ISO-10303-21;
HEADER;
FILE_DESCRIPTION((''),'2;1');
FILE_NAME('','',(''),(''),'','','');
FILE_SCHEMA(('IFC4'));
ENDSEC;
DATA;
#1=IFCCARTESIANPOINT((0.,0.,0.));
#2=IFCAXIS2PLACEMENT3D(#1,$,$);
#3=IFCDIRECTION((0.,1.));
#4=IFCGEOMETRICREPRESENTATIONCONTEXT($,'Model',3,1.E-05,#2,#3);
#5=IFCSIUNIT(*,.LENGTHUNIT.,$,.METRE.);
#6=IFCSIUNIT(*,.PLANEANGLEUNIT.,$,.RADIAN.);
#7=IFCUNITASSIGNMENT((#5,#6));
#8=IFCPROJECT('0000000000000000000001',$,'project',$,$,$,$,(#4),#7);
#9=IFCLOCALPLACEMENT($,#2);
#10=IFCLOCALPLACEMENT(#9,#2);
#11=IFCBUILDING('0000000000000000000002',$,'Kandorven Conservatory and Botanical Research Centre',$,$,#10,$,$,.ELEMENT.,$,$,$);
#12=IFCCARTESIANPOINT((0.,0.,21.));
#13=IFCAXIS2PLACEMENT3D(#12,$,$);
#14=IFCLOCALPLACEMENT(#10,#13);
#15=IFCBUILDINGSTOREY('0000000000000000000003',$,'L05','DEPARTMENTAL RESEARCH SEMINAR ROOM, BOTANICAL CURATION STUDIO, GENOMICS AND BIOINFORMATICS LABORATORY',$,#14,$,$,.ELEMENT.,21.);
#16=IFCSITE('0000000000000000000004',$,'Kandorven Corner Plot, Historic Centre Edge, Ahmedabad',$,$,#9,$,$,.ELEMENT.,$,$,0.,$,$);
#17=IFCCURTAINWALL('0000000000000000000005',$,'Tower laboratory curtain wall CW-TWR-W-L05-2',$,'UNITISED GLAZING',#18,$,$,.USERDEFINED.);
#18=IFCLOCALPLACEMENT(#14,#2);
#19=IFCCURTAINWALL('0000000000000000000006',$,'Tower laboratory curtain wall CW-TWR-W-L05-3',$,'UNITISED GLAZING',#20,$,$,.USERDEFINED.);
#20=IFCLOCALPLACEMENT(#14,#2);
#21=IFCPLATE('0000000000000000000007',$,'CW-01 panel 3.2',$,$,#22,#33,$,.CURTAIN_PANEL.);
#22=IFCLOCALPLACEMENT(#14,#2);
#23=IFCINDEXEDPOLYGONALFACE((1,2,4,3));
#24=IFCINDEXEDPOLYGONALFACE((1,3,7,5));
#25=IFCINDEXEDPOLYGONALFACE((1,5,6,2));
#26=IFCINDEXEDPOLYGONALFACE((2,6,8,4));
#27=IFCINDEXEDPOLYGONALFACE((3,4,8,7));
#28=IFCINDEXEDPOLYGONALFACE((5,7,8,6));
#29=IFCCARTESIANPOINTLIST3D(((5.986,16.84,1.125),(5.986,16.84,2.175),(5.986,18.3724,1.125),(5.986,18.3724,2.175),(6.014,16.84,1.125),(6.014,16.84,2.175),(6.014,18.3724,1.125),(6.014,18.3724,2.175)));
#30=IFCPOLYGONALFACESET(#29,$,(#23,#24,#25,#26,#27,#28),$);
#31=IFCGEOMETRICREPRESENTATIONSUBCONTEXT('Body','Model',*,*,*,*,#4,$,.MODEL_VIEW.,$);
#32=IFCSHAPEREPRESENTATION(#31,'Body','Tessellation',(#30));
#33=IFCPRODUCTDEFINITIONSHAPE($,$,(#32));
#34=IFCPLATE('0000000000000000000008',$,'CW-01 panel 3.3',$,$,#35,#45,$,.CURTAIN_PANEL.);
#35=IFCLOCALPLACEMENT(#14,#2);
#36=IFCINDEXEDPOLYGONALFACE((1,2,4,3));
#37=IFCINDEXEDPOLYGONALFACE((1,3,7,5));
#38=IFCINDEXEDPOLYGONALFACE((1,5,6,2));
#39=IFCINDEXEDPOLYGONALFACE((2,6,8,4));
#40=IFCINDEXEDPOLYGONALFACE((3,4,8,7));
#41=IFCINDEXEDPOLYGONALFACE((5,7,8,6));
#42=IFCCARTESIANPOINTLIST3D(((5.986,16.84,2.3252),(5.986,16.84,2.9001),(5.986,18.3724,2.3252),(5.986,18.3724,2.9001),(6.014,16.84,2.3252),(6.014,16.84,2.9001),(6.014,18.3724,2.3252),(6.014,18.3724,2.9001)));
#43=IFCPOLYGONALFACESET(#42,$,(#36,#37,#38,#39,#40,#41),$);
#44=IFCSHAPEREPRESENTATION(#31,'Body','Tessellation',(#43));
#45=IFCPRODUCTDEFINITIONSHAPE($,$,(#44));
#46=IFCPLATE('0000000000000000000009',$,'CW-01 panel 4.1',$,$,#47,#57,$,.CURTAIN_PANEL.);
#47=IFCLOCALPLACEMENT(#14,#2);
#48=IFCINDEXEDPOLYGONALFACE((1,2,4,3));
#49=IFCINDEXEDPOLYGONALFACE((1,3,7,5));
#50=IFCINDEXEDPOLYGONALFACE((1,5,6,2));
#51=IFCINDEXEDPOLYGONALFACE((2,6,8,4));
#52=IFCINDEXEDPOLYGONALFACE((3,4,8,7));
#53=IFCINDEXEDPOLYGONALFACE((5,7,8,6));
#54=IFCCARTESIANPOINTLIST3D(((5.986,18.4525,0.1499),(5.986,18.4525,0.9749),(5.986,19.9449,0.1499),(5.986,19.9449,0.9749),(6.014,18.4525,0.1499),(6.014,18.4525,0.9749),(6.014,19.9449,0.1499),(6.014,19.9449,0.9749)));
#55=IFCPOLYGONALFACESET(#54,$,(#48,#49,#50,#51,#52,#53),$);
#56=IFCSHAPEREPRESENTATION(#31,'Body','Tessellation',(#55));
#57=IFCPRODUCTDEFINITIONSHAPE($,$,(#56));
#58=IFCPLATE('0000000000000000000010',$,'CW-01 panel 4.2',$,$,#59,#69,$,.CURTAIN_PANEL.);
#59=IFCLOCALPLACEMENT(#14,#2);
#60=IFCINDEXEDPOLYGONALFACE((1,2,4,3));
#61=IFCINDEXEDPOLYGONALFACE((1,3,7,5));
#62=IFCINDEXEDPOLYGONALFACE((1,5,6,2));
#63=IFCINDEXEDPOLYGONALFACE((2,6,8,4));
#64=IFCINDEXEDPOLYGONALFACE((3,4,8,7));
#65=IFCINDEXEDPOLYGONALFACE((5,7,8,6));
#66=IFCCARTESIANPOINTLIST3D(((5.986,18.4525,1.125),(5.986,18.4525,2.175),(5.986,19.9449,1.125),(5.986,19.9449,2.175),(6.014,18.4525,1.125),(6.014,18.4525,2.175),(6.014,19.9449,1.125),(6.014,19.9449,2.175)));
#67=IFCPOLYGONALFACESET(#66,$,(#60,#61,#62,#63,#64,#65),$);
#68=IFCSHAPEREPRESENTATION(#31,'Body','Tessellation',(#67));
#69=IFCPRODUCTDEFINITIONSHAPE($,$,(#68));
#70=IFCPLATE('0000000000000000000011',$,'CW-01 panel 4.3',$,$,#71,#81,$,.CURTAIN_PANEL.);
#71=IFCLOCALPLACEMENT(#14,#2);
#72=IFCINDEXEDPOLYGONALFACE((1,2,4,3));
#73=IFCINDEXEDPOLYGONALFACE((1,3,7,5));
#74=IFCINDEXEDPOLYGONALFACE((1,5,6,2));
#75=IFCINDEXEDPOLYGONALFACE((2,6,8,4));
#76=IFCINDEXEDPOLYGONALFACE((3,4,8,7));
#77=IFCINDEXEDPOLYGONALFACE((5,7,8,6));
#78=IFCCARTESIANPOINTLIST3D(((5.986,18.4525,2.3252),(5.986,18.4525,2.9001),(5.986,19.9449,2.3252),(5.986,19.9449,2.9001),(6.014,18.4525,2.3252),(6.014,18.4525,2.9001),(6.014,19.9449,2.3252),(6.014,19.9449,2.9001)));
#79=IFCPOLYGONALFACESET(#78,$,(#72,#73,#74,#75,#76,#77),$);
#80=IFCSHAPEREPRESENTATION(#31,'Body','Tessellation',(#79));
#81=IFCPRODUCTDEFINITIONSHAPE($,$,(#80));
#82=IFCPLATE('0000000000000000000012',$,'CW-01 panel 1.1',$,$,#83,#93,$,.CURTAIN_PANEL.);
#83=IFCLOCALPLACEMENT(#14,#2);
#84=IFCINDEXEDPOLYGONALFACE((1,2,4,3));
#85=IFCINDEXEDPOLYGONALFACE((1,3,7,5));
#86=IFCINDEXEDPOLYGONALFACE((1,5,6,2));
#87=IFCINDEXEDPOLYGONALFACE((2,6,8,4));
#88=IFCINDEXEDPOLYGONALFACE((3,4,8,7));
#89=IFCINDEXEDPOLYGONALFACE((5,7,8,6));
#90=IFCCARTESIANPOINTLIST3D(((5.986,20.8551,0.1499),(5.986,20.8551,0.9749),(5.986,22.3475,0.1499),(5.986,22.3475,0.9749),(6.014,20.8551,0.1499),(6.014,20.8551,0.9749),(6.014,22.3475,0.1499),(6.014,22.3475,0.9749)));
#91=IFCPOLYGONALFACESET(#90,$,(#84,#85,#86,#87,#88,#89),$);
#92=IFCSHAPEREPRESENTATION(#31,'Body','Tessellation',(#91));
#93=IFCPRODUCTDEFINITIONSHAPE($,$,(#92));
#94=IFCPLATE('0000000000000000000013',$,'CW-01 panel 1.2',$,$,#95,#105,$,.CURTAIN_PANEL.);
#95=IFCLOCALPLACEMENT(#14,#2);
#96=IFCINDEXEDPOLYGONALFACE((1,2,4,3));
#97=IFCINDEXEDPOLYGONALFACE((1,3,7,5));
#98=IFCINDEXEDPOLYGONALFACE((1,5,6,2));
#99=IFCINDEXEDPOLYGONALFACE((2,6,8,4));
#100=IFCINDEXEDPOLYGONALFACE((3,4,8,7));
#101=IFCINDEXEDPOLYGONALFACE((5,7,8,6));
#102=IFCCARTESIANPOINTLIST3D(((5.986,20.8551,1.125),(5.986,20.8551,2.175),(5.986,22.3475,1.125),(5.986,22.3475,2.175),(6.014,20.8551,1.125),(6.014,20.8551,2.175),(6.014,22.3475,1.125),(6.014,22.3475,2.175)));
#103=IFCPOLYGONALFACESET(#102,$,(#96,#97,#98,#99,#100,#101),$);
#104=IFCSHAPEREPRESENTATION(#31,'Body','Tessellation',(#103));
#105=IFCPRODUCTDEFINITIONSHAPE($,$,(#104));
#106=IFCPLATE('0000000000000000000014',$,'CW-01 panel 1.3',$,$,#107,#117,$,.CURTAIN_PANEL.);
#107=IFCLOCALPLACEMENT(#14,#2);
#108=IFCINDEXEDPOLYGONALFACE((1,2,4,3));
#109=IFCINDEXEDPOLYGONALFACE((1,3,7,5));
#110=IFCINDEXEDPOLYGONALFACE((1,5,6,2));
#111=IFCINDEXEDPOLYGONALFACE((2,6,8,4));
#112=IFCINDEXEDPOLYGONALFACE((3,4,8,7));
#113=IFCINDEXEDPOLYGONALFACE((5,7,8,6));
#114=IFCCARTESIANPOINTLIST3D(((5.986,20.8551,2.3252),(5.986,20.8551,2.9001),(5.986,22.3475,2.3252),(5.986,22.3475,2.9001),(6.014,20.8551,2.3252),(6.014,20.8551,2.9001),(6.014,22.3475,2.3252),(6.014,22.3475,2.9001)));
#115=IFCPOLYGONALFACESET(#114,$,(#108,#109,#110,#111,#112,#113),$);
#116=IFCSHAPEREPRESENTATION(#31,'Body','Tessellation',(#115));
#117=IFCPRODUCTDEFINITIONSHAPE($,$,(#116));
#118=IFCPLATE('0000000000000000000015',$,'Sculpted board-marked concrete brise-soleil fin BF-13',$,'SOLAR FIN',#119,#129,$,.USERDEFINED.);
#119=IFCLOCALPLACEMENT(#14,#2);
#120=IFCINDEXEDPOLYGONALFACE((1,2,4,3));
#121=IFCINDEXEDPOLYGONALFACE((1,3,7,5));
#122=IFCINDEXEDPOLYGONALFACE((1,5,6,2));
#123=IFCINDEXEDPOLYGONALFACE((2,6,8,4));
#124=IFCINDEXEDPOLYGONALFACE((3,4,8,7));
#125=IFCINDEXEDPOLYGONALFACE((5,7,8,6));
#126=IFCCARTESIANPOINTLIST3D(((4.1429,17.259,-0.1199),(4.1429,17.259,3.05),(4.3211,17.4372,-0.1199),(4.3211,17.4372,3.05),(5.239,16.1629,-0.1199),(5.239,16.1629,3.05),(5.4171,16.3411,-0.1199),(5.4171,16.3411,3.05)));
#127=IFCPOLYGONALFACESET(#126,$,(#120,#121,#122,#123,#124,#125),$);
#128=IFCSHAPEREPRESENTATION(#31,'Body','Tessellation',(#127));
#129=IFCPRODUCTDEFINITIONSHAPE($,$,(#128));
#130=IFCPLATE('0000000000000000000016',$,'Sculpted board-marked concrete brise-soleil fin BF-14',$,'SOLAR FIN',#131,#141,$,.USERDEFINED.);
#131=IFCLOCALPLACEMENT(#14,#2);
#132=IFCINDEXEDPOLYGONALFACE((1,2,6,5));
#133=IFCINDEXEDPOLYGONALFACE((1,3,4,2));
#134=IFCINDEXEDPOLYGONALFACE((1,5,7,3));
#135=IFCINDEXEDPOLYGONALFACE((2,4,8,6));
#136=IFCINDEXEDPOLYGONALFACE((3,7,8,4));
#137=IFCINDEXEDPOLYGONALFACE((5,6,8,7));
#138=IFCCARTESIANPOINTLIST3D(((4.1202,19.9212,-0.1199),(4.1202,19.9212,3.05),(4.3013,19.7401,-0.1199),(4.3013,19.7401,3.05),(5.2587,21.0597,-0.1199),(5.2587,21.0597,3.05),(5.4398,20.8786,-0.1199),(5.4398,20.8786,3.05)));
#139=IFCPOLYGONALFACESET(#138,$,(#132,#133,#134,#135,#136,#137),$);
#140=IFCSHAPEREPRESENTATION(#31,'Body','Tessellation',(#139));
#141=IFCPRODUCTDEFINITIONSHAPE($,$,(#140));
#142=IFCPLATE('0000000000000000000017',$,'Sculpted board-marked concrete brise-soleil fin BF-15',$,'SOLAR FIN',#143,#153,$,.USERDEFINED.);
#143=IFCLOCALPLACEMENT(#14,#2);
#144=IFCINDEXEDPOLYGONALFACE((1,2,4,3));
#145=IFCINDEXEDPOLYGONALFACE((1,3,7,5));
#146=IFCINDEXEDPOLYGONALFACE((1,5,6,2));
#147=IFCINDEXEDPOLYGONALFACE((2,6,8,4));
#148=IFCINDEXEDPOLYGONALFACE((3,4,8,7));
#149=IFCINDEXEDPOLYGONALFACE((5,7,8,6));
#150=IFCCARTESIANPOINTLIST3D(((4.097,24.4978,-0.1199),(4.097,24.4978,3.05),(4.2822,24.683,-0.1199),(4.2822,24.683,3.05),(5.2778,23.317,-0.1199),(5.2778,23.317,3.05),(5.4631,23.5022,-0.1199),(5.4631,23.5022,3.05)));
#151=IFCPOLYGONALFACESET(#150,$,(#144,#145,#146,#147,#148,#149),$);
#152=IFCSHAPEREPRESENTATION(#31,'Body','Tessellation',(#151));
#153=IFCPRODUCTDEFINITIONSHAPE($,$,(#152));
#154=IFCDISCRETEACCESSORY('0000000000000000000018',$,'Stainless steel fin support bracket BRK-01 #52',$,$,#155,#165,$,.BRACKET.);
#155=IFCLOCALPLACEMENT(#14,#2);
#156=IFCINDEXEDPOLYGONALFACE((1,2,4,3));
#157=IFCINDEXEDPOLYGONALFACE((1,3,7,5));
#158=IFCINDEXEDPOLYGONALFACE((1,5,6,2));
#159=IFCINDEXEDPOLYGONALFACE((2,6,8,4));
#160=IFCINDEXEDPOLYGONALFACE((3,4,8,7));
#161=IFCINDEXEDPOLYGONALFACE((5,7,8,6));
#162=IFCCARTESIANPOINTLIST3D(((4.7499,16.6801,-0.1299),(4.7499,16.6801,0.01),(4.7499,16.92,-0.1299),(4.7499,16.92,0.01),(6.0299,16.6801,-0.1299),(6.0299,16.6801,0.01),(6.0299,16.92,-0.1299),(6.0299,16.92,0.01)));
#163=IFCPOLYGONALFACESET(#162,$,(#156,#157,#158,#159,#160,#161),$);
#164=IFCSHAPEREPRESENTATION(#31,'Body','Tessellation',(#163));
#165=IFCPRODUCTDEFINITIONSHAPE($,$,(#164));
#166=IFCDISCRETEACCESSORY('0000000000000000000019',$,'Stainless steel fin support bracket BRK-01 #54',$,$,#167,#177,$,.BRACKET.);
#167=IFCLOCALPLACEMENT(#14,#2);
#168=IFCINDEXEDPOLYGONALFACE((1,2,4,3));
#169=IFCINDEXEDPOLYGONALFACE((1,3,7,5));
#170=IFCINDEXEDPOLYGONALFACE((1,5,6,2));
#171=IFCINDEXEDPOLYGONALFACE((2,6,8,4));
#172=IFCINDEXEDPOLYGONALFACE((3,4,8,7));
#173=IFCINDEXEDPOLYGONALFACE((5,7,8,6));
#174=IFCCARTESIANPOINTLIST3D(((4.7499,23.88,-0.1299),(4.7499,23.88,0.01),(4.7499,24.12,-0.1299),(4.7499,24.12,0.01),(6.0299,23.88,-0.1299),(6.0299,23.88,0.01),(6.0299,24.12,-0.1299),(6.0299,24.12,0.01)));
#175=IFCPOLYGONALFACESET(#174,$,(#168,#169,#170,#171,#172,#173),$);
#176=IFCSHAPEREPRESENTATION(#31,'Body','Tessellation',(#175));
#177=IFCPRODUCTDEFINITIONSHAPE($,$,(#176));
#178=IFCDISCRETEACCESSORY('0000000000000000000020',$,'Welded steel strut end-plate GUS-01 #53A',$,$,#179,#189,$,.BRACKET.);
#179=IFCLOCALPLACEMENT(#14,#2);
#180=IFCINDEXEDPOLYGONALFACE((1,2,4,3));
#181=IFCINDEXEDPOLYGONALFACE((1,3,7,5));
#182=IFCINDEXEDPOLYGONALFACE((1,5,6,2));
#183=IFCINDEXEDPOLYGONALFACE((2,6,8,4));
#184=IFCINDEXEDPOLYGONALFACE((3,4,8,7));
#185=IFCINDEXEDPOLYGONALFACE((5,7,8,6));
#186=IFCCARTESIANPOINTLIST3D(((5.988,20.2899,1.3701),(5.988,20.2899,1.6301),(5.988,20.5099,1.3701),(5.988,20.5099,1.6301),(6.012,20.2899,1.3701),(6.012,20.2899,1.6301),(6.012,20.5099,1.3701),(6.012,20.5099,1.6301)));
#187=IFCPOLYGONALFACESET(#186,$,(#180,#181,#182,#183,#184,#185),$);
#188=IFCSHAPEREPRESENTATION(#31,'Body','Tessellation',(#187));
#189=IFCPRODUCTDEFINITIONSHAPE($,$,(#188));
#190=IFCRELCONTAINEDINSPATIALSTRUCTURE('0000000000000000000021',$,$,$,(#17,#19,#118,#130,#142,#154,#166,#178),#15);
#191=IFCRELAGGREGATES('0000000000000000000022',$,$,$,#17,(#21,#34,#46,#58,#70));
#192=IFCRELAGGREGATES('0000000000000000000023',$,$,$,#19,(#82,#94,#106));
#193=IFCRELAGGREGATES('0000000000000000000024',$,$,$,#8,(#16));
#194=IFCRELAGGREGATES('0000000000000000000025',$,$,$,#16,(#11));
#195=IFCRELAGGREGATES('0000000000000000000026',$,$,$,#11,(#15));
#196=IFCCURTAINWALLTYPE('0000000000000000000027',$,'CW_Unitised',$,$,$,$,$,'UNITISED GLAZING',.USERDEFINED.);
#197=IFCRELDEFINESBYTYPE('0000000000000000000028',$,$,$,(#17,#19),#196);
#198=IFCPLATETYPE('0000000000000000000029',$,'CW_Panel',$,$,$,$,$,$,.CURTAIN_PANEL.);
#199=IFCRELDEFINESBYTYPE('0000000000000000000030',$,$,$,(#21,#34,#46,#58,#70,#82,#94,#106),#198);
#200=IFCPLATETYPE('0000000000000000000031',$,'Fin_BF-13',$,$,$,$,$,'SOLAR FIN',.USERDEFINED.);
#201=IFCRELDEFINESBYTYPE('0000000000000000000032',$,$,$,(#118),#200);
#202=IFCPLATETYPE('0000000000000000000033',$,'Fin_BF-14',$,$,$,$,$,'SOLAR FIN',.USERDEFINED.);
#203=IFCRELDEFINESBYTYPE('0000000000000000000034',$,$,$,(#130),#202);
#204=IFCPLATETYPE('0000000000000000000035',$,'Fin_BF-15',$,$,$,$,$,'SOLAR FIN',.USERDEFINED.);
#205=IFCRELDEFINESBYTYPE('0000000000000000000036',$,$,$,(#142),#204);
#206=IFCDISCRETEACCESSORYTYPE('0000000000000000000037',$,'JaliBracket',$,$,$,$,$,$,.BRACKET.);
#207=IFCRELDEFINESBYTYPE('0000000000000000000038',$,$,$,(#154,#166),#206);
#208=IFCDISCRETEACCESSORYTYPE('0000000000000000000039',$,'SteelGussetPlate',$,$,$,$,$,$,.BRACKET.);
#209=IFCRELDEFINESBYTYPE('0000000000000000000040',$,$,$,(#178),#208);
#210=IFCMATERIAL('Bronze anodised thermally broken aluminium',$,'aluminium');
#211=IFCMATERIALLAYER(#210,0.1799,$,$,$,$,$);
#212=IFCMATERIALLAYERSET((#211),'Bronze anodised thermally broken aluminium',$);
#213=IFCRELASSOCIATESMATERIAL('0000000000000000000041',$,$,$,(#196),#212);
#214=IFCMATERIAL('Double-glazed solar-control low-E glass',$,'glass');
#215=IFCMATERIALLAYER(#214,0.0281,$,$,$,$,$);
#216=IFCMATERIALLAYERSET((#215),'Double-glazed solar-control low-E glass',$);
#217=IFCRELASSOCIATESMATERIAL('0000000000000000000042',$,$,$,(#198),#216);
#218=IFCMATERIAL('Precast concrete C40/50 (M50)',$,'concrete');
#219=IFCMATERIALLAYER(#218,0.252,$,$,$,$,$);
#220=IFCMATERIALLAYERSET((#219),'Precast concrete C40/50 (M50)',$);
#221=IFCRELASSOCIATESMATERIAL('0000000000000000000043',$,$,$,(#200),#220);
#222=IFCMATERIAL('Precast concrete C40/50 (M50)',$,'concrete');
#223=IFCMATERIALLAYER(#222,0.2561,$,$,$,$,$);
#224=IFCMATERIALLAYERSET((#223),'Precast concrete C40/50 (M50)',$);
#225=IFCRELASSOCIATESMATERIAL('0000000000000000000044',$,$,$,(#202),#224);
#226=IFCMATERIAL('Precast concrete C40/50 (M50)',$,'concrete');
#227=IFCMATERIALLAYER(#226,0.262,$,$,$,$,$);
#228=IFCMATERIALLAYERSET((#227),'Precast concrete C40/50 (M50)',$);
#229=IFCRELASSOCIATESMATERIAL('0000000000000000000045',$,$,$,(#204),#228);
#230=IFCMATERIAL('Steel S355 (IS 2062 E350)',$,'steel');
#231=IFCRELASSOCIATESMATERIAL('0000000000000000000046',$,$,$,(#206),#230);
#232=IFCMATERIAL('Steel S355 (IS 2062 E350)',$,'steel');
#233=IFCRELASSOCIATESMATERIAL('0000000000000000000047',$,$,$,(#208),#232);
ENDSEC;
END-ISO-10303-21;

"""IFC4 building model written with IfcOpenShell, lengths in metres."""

from ifc_helpers import new_model, si_unit, direction, frame, origin, origin_2d, place, context, subcontext, project, spatial, rectangle, extrude, material, layer, layer_set, type_object, element, aggregate, save


model = new_model("IFC4")

# Units and contexts
model_context = context("Model", 3, precision=1e-05, world=origin(), true_north=direction((0.0, 1.0)))
body_context = subcontext(model_context, "Body", "Model", "MODEL_VIEW")
ifc_project = project(units=[si_unit("LENGTHUNIT", "METRE"), si_unit("PLANEANGLEUNIT", "RADIAN")], contexts=[model_context])

# Site, building, storey
site_placement = place(None, origin())
site = spatial("IfcSite", under=ifc_project, at=site_placement, Name="Kandorven Corner Plot, Historic Centre Edge, Ahmedabad", CompositionType="ELEMENT", RefElevation=0.0)
building_placement = place(site_placement, origin())
building = spatial("IfcBuilding", under=site, at=building_placement, Name="Kandorven Conservatory and Botanical Research Centre", CompositionType="ELEMENT")
storey_placement = place(building_placement, frame((0.0, 0.0, 21.0)))
storey = spatial("IfcBuildingStorey", under=building, at=storey_placement, Name="L05", Description="DEPARTMENTAL RESEARCH SEMINAR ROOM, BOTANICAL CURATION STUDIO, GENOMICS AND BIOINFORMATICS LABORATORY", CompositionType="ELEMENT", Elevation=21.0)

# Curtain walls
ifc_material_1 = material(Name="Bronze anodised thermally broken aluminium", Category="aluminium")
ifc_layer_1 = layer(ifc_material_1, 0.1799)
ifc_layer_set_1 = layer_set([ifc_layer_1], Name="Bronze anodised thermally broken aluminium")
curtain_wall_type = type_object("IfcCurtainWallType", Name="CW_Unitised", ElementType="UNITISED GLAZING", PredefinedType="USERDEFINED", material=ifc_layer_set_1)
curtain_wall_1_placement = place(storey_placement, origin())
curtain_wall_1 = element("IfcCurtainWall", 1, at=curtain_wall_1_placement, inside=storey, type_object=curtain_wall_type, Name="Tower laboratory curtain wall CW-TWR-W-L05-2", ObjectType="UNITISED GLAZING", PredefinedType="USERDEFINED")
curtain_wall_2_placement = place(storey_placement, origin())
curtain_wall_2 = element("IfcCurtainWall", 2, at=curtain_wall_2_placement, inside=storey, type_object=curtain_wall_type, Name="Tower laboratory curtain wall CW-TWR-W-L05-3", ObjectType="UNITISED GLAZING", PredefinedType="USERDEFINED")

# Plates
ifc_material_2 = material(Name="Double-glazed solar-control low-E glass", Category="glass")
ifc_layer_2 = layer(ifc_material_2, 0.0281)
ifc_layer_set_2 = layer_set([ifc_layer_2], Name="Double-glazed solar-control low-E glass")
plate_type_1 = type_object("IfcPlateType", Name="CW_Panel", PredefinedType="CURTAIN_PANEL", material=ifc_layer_set_2)
plate_1_placement = place(storey_placement, frame((6.0, 17.6062, 1.125), z_axis=(0.0, 0.0, 1.0), x_axis=(0.0, 1.0, 0.0)))
plate_1 = element("IfcPlate", 3, at=plate_1_placement, type_object=plate_type_1, Name="CW-01 panel 3.2", PredefinedType="CURTAIN_PANEL", context=body_context, shape_type="SweptSolid", body=[
    extrude(rectangle(XDim=1.5325, YDim=0.0281, at=origin_2d()), origin(), (0.0, 0.0, 1.0), 1.05),
])
plate_2_placement = place(storey_placement, frame((6.0, 17.6062, 2.3252), z_axis=(0.0, 0.0, 1.0), x_axis=(0.0, 1.0, 0.0)))
plate_2 = element("IfcPlate", 4, at=plate_2_placement, type_object=plate_type_1, Name="CW-01 panel 3.3", PredefinedType="CURTAIN_PANEL", context=body_context, shape_type="SweptSolid", body=[
    extrude(rectangle(XDim=1.5325, YDim=0.0281, at=origin_2d()), origin(), (0.0, 0.0, 1.0), 0.575),
])
plate_3_placement = place(storey_placement, frame((6.0, 19.1987, 0.1499), z_axis=(0.0, 0.0, 1.0), x_axis=(0.0, 1.0, 0.0)))
plate_3 = element("IfcPlate", 5, at=plate_3_placement, type_object=plate_type_1, Name="CW-01 panel 4.1", PredefinedType="CURTAIN_PANEL", context=body_context, shape_type="SweptSolid", body=[
    extrude(rectangle(XDim=1.4924, YDim=0.0281, at=origin_2d()), origin(), (0.0, 0.0, 1.0), 0.825),
])
plate_4_placement = place(storey_placement, frame((6.0, 19.1987, 1.125), z_axis=(0.0, 0.0, 1.0), x_axis=(0.0, 1.0, 0.0)))
plate_4 = element("IfcPlate", 6, at=plate_4_placement, type_object=plate_type_1, Name="CW-01 panel 4.2", PredefinedType="CURTAIN_PANEL", context=body_context, shape_type="SweptSolid", body=[
    extrude(rectangle(XDim=1.4924, YDim=0.0281, at=origin_2d()), origin(), (0.0, 0.0, 1.0), 1.05),
])
plate_5_placement = place(storey_placement, frame((6.0, 19.1987, 2.3252), z_axis=(0.0, 0.0, 1.0), x_axis=(0.0, 1.0, 0.0)))
plate_5 = element("IfcPlate", 7, at=plate_5_placement, type_object=plate_type_1, Name="CW-01 panel 4.3", PredefinedType="CURTAIN_PANEL", context=body_context, shape_type="SweptSolid", body=[
    extrude(rectangle(XDim=1.4924, YDim=0.0281, at=origin_2d()), origin(), (0.0, 0.0, 1.0), 0.575),
])
aggregate(curtain_wall_1, [plate_1, plate_2, plate_3, plate_4, plate_5])
plate_6_placement = place(storey_placement, frame((6.0, 21.6013, 0.1499), z_axis=(0.0, 0.0, 1.0), x_axis=(0.0, 1.0, 0.0)))
plate_6 = element("IfcPlate", 8, at=plate_6_placement, type_object=plate_type_1, Name="CW-01 panel 1.1", PredefinedType="CURTAIN_PANEL", context=body_context, shape_type="SweptSolid", body=[
    extrude(rectangle(XDim=1.4924, YDim=0.0281, at=origin_2d()), origin(), (0.0, 0.0, 1.0), 0.825),
])
plate_7_placement = place(storey_placement, frame((6.0, 21.6013, 1.125), z_axis=(0.0, 0.0, 1.0), x_axis=(0.0, 1.0, 0.0)))
plate_7 = element("IfcPlate", 9, at=plate_7_placement, type_object=plate_type_1, Name="CW-01 panel 1.2", PredefinedType="CURTAIN_PANEL", context=body_context, shape_type="SweptSolid", body=[
    extrude(rectangle(XDim=1.4924, YDim=0.0281, at=origin_2d()), origin(), (0.0, 0.0, 1.0), 1.05),
])
plate_8_placement = place(storey_placement, frame((6.0, 21.6013, 2.3252), z_axis=(0.0, 0.0, 1.0), x_axis=(0.0, 1.0, 0.0)))
plate_8 = element("IfcPlate", 10, at=plate_8_placement, type_object=plate_type_1, Name="CW-01 panel 1.3", PredefinedType="CURTAIN_PANEL", context=body_context, shape_type="SweptSolid", body=[
    extrude(rectangle(XDim=1.4924, YDim=0.0281, at=origin_2d()), origin(), (0.0, 0.0, 1.0), 0.575),
])
aggregate(curtain_wall_2, [plate_6, plate_7, plate_8])

# Plates
ifc_material_3 = material(Name="Precast concrete C40/50 (M50)", Category="concrete")
ifc_layer_3 = layer(ifc_material_3, 0.252)
ifc_layer_set_3 = layer_set([ifc_layer_3], Name="Precast concrete C40/50 (M50)")
plate_type_2 = type_object("IfcPlateType", Name="Fin_BF-13", ElementType="SOLAR FIN", PredefinedType="USERDEFINED", material=ifc_layer_set_3)
plate_9_placement = place(storey_placement, frame((4.78, 16.8, -0.1199), z_axis=(0.0, 0.0, 1.0), x_axis=(-0.707107, 0.707107, 0.0)))
element("IfcPlate", 11, at=plate_9_placement, inside=storey, type_object=plate_type_2, Name="Sculpted board-marked concrete brise-soleil fin BF-13", ObjectType="SOLAR FIN", PredefinedType="USERDEFINED", context=body_context, shape_type="SweptSolid", body=[
    extrude(rectangle(XDim=1.55, YDim=0.252, at=origin_2d()), origin(), (0.0, 0.0, 1.0), 3.1699),
])
ifc_material_4 = material(Name="Precast concrete C40/50 (M50)", Category="concrete")
ifc_layer_4 = layer(ifc_material_4, 0.2561)
ifc_layer_set_4 = layer_set([ifc_layer_4], Name="Precast concrete C40/50 (M50)")
plate_type_3 = type_object("IfcPlateType", Name="Fin_BF-14", ElementType="SOLAR FIN", PredefinedType="USERDEFINED", material=ifc_layer_set_4)
plate_10_placement = place(storey_placement, frame((4.78, 20.3999, -0.1199), z_axis=(0.0, 0.0, 1.0), x_axis=(0.707107, 0.707107, 0.0)))
element("IfcPlate", 12, at=plate_10_placement, inside=storey, type_object=plate_type_3, Name="Sculpted board-marked concrete brise-soleil fin BF-14", ObjectType="SOLAR FIN", PredefinedType="USERDEFINED", context=body_context, shape_type="SweptSolid", body=[
    extrude(rectangle(XDim=1.6101, YDim=0.2561, at=origin_2d()), origin(), (0.0, 0.0, 1.0), 3.1699),
])
ifc_material_5 = material(Name="Precast concrete C40/50 (M50)", Category="concrete")
ifc_layer_5 = layer(ifc_material_5, 0.262)
ifc_layer_set_5 = layer_set([ifc_layer_5], Name="Precast concrete C40/50 (M50)")
plate_type_4 = type_object("IfcPlateType", Name="Fin_BF-15", ElementType="SOLAR FIN", PredefinedType="USERDEFINED", material=ifc_layer_set_5)
plate_11_placement = place(storey_placement, frame((4.78, 24.0, -0.1199), z_axis=(0.0, 0.0, 1.0), x_axis=(-0.707107, 0.707107, 0.0)))
element("IfcPlate", 13, at=plate_11_placement, inside=storey, type_object=plate_type_4, Name="Sculpted board-marked concrete brise-soleil fin BF-15", ObjectType="SOLAR FIN", PredefinedType="USERDEFINED", context=body_context, shape_type="SweptSolid", body=[
    extrude(rectangle(XDim=1.6699, YDim=0.262, at=origin_2d()), origin(), (0.0, 0.0, 1.0), 3.1699),
])

# Discrete accessories
ifc_material_6 = material(Name="Steel S355 (IS 2062 E350)", Category="steel")
discrete_accessory_type_1 = type_object("IfcDiscreteAccessoryType", Name="JaliBracket", PredefinedType="BRACKET", material=ifc_material_6)
for number, where, z_axis, x_axis, name in (
    (14, (5.3899, 16.8, -0.1299), (0.0, 0.0, 1.0), (1.0, 0.0, 0.0), "Stainless steel fin support bracket BRK-01 #52"),
    (15, (5.3899, 24.0, -0.1299), (0.0, 0.0, 1.0), (1.0, 0.0, 0.0), "Stainless steel fin support bracket BRK-01 #54"),
):
    element("IfcDiscreteAccessory", number, at=place(storey_placement, frame(where, z_axis=z_axis, x_axis=x_axis)), inside=storey, type_object=discrete_accessory_type_1, Name=name, PredefinedType="BRACKET", context=body_context, shape_type="SweptSolid", body=[
        extrude(rectangle(XDim=1.28, YDim=0.24, at=origin_2d()), origin(), (0.0, 0.0, 1.0), 0.1399),
    ])
ifc_material_7 = material(Name="Steel S355 (IS 2062 E350)", Category="steel")
discrete_accessory_type_2 = type_object("IfcDiscreteAccessoryType", Name="SteelGussetPlate", PredefinedType="BRACKET", material=ifc_material_7)
for number, where, z_axis, x_axis, name in (
    (16, (6.0, 20.3999, 1.3701), (0.0, 0.0, 1.0), (1.0, 0.0, 0.0), "Welded steel strut end-plate GUS-01 #53A"),
):
    element("IfcDiscreteAccessory", number, at=place(storey_placement, frame(where, z_axis=z_axis, x_axis=x_axis)), inside=storey, type_object=discrete_accessory_type_2, Name=name, PredefinedType="BRACKET", context=body_context, shape_type="SweptSolid", body=[
        extrude(rectangle(XDim=0.0239, YDim=0.22, at=origin_2d()), origin(), (0.0, 0.0, 1.0), 0.26),
    ])

save(model, "model.ifc")
